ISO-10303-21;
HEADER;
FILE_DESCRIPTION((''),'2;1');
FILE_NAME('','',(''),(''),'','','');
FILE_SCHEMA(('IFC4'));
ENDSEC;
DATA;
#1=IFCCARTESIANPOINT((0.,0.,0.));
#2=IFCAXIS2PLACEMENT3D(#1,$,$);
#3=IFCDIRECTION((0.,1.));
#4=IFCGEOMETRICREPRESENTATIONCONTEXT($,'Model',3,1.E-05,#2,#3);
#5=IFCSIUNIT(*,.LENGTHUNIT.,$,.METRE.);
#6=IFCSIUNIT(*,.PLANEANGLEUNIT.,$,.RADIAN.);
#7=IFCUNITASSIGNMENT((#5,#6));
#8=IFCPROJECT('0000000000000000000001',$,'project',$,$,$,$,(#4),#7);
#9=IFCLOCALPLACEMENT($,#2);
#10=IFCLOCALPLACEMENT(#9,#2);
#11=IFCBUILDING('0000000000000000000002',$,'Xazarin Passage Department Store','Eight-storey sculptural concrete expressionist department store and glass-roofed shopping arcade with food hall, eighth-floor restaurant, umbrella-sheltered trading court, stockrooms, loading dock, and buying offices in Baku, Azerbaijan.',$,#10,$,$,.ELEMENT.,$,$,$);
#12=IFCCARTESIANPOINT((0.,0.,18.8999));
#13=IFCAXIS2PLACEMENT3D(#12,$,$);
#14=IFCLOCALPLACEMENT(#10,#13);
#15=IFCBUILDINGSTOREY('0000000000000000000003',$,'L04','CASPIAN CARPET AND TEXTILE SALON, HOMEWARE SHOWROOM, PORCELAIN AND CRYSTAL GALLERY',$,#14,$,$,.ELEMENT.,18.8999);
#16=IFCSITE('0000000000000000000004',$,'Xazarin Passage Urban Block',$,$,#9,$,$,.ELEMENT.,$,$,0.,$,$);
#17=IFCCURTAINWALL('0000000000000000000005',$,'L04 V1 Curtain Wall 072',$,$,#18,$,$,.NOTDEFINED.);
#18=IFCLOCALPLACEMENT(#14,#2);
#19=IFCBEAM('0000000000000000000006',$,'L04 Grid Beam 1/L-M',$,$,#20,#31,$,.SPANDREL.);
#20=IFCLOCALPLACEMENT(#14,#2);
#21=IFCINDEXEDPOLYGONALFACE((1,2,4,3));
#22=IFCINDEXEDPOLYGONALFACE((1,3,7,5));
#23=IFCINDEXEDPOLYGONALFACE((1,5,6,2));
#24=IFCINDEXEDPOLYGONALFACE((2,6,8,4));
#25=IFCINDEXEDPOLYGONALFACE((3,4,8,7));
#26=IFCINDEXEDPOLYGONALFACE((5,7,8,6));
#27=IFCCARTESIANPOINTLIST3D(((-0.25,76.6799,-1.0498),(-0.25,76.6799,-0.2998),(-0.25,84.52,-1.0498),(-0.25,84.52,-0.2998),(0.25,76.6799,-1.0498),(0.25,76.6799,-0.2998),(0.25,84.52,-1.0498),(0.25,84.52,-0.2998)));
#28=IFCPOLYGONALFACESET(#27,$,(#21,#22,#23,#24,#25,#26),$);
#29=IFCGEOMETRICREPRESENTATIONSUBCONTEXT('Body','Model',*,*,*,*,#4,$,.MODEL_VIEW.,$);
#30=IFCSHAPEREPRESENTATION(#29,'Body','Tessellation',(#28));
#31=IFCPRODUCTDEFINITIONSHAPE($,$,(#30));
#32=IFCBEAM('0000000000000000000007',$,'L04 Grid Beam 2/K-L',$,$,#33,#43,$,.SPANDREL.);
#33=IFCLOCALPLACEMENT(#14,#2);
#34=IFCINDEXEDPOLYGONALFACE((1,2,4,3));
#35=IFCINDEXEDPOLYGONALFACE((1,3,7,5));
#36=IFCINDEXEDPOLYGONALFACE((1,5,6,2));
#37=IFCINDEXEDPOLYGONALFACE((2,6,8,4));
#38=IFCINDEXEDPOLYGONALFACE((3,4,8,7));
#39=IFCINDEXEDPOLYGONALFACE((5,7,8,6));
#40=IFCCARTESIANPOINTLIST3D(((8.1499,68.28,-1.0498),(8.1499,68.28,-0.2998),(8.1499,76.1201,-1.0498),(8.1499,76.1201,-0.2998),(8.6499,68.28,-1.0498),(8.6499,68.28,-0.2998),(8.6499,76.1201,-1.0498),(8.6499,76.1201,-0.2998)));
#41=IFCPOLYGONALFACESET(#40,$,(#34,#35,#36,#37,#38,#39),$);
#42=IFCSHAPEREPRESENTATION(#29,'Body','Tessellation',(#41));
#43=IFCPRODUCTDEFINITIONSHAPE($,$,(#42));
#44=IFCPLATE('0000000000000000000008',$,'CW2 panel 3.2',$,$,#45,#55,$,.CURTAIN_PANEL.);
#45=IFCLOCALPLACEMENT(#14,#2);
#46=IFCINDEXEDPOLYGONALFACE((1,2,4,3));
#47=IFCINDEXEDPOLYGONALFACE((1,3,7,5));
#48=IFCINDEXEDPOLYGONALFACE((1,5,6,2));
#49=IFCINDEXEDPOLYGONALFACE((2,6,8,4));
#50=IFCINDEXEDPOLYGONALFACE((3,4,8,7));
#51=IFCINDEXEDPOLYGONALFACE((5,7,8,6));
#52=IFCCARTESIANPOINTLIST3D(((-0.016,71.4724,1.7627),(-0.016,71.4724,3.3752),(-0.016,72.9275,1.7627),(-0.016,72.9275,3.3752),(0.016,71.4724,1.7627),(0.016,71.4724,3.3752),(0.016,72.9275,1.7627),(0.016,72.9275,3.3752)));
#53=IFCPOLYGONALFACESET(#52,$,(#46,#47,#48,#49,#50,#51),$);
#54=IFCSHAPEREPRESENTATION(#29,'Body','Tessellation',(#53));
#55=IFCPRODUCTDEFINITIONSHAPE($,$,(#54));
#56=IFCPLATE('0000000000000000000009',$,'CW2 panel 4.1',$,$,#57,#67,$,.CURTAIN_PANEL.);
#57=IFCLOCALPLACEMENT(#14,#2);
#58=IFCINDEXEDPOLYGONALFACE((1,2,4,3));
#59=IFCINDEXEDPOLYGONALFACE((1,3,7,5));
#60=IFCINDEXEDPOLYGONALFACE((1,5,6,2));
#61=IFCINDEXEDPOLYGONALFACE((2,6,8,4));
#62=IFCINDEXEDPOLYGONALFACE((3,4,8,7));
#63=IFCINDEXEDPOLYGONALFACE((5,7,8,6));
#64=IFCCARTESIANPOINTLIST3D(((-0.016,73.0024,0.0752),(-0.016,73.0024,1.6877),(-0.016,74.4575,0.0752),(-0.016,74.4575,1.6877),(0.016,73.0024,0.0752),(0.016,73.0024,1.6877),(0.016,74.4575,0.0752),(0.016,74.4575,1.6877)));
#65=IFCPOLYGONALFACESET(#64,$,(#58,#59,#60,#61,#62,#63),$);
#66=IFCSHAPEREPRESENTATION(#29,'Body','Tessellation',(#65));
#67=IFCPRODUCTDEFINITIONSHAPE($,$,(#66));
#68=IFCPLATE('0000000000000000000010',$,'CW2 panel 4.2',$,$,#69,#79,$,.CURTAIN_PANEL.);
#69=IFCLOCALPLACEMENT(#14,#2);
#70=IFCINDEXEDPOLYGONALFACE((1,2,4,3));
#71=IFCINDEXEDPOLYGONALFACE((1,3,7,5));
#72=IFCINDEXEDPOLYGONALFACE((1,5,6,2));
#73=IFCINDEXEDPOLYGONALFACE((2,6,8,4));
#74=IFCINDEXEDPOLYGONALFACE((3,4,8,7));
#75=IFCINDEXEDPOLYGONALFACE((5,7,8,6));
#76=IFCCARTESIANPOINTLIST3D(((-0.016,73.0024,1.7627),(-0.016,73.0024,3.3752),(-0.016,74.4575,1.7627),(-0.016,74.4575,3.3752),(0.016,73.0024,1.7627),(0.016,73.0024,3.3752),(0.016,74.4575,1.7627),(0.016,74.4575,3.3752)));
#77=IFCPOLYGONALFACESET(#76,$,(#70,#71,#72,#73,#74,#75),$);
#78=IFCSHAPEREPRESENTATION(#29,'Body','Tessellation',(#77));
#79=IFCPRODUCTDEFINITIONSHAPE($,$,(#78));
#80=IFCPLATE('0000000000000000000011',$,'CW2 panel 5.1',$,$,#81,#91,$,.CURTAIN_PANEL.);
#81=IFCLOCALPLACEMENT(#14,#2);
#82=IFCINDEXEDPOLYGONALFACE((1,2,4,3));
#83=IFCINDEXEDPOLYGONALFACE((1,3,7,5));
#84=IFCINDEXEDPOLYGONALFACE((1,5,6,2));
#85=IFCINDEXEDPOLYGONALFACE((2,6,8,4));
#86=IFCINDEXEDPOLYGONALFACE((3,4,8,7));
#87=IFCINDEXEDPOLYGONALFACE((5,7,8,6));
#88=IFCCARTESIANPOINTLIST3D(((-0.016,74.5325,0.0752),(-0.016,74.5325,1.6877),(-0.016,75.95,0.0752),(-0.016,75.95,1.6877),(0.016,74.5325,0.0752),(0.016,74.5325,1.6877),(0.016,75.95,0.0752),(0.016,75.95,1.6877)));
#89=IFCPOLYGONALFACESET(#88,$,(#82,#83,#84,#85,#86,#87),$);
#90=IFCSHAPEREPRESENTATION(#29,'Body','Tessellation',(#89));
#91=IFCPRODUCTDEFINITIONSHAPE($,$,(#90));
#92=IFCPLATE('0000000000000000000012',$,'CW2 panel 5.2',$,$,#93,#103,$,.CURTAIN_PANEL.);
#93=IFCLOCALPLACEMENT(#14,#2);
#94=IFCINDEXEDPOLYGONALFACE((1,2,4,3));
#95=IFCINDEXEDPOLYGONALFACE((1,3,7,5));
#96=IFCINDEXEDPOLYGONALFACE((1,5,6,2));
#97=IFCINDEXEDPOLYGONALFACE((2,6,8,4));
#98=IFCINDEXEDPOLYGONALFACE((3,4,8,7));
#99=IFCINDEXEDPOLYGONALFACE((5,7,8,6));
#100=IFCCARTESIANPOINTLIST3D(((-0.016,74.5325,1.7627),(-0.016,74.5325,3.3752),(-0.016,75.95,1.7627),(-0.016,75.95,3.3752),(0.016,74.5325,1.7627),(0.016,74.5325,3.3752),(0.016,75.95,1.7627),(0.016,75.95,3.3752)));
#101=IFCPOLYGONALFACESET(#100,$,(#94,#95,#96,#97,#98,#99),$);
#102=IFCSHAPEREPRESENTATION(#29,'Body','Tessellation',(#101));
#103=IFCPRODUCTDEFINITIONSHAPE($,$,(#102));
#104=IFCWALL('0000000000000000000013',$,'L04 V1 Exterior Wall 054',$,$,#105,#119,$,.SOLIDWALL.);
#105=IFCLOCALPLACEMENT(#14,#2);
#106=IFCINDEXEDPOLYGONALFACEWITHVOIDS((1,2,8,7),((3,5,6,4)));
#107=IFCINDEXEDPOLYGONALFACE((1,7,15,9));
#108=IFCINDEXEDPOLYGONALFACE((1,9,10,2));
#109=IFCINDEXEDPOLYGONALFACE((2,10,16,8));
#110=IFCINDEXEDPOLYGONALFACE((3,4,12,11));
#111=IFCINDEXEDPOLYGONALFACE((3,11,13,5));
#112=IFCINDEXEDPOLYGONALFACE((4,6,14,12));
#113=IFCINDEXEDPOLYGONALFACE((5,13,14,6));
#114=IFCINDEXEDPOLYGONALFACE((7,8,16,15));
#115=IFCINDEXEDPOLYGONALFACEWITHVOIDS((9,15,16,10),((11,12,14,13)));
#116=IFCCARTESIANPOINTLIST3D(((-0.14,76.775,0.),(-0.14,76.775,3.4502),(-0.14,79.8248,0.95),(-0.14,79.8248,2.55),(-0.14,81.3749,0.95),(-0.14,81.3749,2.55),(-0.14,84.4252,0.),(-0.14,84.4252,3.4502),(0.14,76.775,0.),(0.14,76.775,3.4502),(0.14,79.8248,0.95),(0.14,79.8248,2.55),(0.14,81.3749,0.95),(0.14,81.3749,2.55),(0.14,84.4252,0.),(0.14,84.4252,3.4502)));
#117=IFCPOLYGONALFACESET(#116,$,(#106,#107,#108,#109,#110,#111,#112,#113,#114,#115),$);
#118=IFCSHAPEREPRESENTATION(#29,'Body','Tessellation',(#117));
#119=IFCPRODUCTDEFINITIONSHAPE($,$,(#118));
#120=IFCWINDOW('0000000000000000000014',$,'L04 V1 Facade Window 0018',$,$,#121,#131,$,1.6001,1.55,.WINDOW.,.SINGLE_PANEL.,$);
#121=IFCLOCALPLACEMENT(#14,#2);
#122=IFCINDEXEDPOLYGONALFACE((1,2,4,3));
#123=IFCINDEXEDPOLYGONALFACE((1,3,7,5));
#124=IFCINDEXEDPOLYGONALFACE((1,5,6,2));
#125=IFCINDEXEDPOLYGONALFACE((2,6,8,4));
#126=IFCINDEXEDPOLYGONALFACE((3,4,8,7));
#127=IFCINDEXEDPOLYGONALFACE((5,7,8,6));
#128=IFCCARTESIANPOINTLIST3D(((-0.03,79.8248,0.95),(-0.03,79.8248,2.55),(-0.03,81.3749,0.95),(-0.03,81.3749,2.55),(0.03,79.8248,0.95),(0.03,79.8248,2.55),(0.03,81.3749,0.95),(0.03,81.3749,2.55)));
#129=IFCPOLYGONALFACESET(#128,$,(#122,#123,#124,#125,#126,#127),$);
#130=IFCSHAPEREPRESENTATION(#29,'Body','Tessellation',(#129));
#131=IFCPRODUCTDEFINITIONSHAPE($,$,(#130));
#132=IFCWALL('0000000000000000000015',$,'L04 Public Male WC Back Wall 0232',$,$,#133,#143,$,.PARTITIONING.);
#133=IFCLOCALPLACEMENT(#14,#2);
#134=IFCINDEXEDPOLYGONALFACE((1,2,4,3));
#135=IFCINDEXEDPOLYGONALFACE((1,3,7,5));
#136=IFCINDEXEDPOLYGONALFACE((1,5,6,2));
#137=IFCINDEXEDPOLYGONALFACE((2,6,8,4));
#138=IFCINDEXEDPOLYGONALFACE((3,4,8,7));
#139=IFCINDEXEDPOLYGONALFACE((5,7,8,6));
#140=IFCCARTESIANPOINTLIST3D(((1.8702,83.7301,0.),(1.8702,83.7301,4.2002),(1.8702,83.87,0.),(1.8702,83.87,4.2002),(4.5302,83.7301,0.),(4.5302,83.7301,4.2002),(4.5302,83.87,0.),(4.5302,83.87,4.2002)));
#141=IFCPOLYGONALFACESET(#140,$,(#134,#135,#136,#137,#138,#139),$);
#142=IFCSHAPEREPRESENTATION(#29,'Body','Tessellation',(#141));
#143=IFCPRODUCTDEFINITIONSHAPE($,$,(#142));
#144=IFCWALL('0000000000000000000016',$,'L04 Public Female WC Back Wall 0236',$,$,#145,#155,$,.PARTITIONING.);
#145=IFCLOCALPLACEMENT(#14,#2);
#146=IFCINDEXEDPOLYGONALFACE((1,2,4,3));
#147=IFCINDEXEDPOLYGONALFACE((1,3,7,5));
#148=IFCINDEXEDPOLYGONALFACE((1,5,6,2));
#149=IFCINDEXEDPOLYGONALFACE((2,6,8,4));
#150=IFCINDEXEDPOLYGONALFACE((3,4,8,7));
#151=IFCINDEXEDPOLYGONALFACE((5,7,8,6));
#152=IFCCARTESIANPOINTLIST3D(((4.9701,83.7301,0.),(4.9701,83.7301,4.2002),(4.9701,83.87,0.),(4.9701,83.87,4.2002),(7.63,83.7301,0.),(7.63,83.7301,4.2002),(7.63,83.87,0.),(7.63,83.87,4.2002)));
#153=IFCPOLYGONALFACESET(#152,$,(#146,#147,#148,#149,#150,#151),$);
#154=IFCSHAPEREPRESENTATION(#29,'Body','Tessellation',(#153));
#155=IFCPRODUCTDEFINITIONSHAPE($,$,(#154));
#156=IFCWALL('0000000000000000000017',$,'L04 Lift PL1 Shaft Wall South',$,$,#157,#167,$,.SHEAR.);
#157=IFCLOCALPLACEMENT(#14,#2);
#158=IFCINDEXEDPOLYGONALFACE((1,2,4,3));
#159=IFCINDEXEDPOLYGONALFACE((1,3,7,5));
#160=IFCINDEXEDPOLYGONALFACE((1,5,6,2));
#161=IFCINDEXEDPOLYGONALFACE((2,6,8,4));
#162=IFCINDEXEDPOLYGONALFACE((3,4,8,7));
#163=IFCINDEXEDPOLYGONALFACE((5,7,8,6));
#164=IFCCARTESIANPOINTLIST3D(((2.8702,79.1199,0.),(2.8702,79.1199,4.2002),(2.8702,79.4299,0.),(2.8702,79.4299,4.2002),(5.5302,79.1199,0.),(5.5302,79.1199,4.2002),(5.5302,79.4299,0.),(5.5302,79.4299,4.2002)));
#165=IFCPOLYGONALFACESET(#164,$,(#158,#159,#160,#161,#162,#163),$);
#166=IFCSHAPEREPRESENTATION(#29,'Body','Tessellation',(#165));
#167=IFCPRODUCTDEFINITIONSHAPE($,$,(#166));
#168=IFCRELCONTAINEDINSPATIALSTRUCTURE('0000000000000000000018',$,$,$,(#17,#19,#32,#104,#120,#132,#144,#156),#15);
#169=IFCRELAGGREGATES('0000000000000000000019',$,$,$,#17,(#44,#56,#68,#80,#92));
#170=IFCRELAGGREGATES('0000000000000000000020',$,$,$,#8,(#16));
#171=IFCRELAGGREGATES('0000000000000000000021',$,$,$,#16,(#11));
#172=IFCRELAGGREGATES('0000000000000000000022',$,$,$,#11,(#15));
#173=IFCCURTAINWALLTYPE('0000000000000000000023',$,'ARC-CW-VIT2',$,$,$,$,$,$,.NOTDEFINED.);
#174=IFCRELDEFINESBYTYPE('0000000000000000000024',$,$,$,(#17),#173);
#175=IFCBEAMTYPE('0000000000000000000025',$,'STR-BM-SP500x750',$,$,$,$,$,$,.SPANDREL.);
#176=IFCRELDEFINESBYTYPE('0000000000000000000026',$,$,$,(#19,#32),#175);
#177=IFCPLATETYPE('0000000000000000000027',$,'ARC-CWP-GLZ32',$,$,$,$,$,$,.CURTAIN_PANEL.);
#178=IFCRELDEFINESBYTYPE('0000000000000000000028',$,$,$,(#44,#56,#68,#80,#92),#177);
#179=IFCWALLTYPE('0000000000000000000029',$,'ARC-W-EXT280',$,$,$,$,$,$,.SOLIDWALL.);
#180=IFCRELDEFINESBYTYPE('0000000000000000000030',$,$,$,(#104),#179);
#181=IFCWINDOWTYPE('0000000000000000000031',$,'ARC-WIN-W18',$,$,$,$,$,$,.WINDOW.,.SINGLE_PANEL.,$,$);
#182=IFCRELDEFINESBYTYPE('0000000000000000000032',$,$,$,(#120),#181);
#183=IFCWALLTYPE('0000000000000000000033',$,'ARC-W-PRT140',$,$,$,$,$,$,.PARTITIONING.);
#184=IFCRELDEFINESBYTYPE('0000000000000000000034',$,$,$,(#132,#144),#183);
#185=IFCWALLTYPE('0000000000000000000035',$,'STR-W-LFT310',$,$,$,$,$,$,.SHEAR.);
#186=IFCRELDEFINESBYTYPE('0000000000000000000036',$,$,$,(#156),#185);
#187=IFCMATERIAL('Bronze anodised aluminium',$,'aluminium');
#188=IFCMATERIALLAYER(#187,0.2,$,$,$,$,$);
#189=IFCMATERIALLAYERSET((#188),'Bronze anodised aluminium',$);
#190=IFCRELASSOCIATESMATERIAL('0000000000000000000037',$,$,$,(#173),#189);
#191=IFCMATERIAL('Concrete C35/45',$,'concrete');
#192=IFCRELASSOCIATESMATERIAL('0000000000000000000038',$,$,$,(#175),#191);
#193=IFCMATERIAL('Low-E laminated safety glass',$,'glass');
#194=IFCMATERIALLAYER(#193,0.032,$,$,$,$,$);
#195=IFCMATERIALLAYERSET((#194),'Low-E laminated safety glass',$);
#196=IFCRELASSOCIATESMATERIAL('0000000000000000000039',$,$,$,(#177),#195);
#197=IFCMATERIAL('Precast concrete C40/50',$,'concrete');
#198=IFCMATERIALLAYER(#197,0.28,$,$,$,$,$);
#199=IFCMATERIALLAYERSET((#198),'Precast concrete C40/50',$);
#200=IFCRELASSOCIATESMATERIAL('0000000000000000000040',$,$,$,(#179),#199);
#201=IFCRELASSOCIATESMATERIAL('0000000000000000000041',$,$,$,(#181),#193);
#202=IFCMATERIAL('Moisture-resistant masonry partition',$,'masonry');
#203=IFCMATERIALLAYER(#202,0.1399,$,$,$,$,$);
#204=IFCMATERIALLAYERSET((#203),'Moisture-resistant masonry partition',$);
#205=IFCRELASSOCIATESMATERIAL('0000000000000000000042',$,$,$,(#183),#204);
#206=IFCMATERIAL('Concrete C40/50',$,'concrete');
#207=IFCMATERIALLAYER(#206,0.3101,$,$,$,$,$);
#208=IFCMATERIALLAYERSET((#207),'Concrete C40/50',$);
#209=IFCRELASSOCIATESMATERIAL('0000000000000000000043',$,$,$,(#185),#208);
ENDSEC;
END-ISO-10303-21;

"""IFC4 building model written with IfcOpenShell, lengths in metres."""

from ifc_helpers import new_model, si_unit, direction, frame, frame_2d, origin, origin_2d, place, context, subcontext, project, spatial, rectangle, extrude, material, layer, layer_set, material_profile, profile_set, type_object, element, fill, aggregate, save


model = new_model("IFC4")

# Units and contexts
model_context = context("Model", 3, precision=1e-05, world=origin(), true_north=direction((0.0, 1.0)))
body_context = subcontext(model_context, "Body", "Model", "MODEL_VIEW")
ifc_project = project(units=[si_unit("LENGTHUNIT", "METRE"), si_unit("PLANEANGLEUNIT", "RADIAN")], contexts=[model_context])

# Site, building, storey
site_placement = place(None, origin())
site = spatial("IfcSite", under=ifc_project, at=site_placement, Name="Xazarin Passage Urban Block", CompositionType="ELEMENT", RefElevation=0.0)
building_placement = place(site_placement, origin())
building = spatial("IfcBuilding", under=site, at=building_placement, Name="Xazarin Passage Department Store", Description="Eight-storey sculptural concrete expressionist department store and glass-roofed shopping arcade with food hall, eighth-floor restaurant, umbrella-sheltered trading court, stockrooms, loading dock, and buying offices in Baku, Azerbaijan.", CompositionType="ELEMENT")
storey_placement = place(building_placement, frame((0.0, 0.0, 18.8999)))
storey = spatial("IfcBuildingStorey", under=building, at=storey_placement, Name="L04", Description="CASPIAN CARPET AND TEXTILE SALON, HOMEWARE SHOWROOM, PORCELAIN AND CRYSTAL GALLERY", CompositionType="ELEMENT", Elevation=18.8999)

# Shared definitions
ifc_material_1 = material(Name="Concrete C40/50", Category="concrete")

# Curtain wall
ifc_material_2 = material(Name="Bronze anodised aluminium", Category="aluminium")
ifc_layer_1 = layer(ifc_material_2, 0.2)
ifc_layer_set_1 = layer_set([ifc_layer_1], Name="Bronze anodised aluminium")
curtain_wall_type = type_object("IfcCurtainWallType", Name="ARC-CW-VIT2", PredefinedType="NOTDEFINED", material=ifc_layer_set_1)
curtain_wall_placement = place(storey_placement, origin())
curtain_wall = element("IfcCurtainWall", 1, at=curtain_wall_placement, inside=storey, type_object=curtain_wall_type, Name="L04 V1 Curtain Wall 072", PredefinedType="NOTDEFINED")

# Beams
ifc_material_3 = material(Name="Concrete C35/45", Category="concrete")
ifc_material_profile_1 = material_profile(ifc_material_3, rectangle(XDim=0.5, YDim=0.75, at=origin_2d()), Name="RC 500x750")
ifc_profile_set_1 = profile_set([ifc_material_profile_1], Name="Concrete C35/45")
beam_type = type_object("IfcBeamType", Name="STR-BM-SP500x750", PredefinedType="SPANDREL", material=ifc_profile_set_1)
for number, where, z_axis, x_axis, name in (
    (2, (0.0, 76.6799, -0.6748), (0.0, 1.0, 0.0), (-1.0, 0.0, 0.0), "L04 Grid Beam 1/L-M"),
    (3, (8.3999, 68.28, -0.6748), (0.0, 1.0, 0.0), (-1.0, 0.0, 0.0), "L04 Grid Beam 2/K-L"),
):
    element("IfcBeam", number, at=place(storey_placement, frame(where, z_axis=z_axis, x_axis=x_axis)), inside=storey, type_object=beam_type, Name=name, PredefinedType="SPANDREL", context=body_context, shape_type="SweptSolid", body=[
        extrude(rectangle(XDim=0.5, YDim=0.75, at=origin_2d()), origin(), (0.0, 0.0, 1.0), 7.8401),
    ])

# Plates
ifc_material_4 = material(Name="Low-E laminated safety glass", Category="glass")
ifc_layer_2 = layer(ifc_material_4, 0.032)
ifc_layer_set_2 = layer_set([ifc_layer_2], Name="Low-E laminated safety glass")
plate_type = type_object("IfcPlateType", Name="ARC-CWP-GLZ32", PredefinedType="CURTAIN_PANEL", material=ifc_layer_set_2)
plate_1_placement = place(storey_placement, frame((0.0, 72.2, 1.7627), z_axis=(0.0, 0.0, 1.0), x_axis=(0.0, 1.0, 0.0)))
plate_1 = element("IfcPlate", 4, at=plate_1_placement, type_object=plate_type, Name="CW2 panel 3.2", PredefinedType="CURTAIN_PANEL", context=body_context, shape_type="SweptSolid", body=[
    extrude(rectangle(XDim=1.4551, YDim=0.032, at=origin_2d()), origin(), (0.0, 0.0, 1.0), 1.6125),
])
plate_2_placement = place(storey_placement, frame((0.0, 73.73, 0.0752), z_axis=(0.0, 0.0, 1.0), x_axis=(0.0, 1.0, 0.0)))
plate_2 = element("IfcPlate", 5, at=plate_2_placement, type_object=plate_type, Name="CW2 panel 4.1", PredefinedType="CURTAIN_PANEL", context=body_context, shape_type="SweptSolid", body=[
    extrude(rectangle(XDim=1.4551, YDim=0.032, at=origin_2d()), origin(), (0.0, 0.0, 1.0), 1.6125),
])
plate_3_placement = place(storey_placement, frame((0.0, 73.73, 1.7627), z_axis=(0.0, 0.0, 1.0), x_axis=(0.0, 1.0, 0.0)))
plate_3 = element("IfcPlate", 6, at=plate_3_placement, type_object=plate_type, Name="CW2 panel 4.2", PredefinedType="CURTAIN_PANEL", context=body_context, shape_type="SweptSolid", body=[
    extrude(rectangle(XDim=1.4551, YDim=0.032, at=origin_2d()), origin(), (0.0, 0.0, 1.0), 1.6125),
])
plate_4_placement = place(storey_placement, frame((0.0, 75.2412, 0.0752), z_axis=(0.0, 0.0, 1.0), x_axis=(0.0, 1.0, 0.0)))
plate_4 = element("IfcPlate", 7, at=plate_4_placement, type_object=plate_type, Name="CW2 panel 5.1", PredefinedType="CURTAIN_PANEL", context=body_context, shape_type="SweptSolid", body=[
    extrude(rectangle(XDim=1.4175, YDim=0.032, at=origin_2d()), origin(), (0.0, 0.0, 1.0), 1.6125),
])
plate_5_placement = place(storey_placement, frame((0.0, 75.2412, 1.7627), z_axis=(0.0, 0.0, 1.0), x_axis=(0.0, 1.0, 0.0)))
plate_5 = element("IfcPlate", 8, at=plate_5_placement, type_object=plate_type, Name="CW2 panel 5.2", PredefinedType="CURTAIN_PANEL", context=body_context, shape_type="SweptSolid", body=[
    extrude(rectangle(XDim=1.4175, YDim=0.032, at=origin_2d()), origin(), (0.0, 0.0, 1.0), 1.6125),
])
aggregate(curtain_wall, [plate_1, plate_2, plate_3, plate_4, plate_5])

# Wall, opening, window
ifc_material_5 = material(Name="Precast concrete C40/50", Category="concrete")
ifc_layer_3 = layer(ifc_material_5, 0.28)
ifc_layer_set_3 = layer_set([ifc_layer_3], Name="Precast concrete C40/50")
wall_type_1 = type_object("IfcWallType", Name="ARC-W-EXT280", PredefinedType="SOLIDWALL", material=ifc_layer_set_3)
wall_1_placement = place(storey_placement, frame((0.0, 76.7749, 0.0), z_axis=(0.0, 0.0, 1.0), x_axis=(0.0, 1.0, 0.0)))
wall_1 = element("IfcWall", 9, at=wall_1_placement, inside=storey, type_object=wall_type_1, Name="L04 V1 Exterior Wall 054", PredefinedType="SOLIDWALL", context=body_context, shape_type="SweptSolid", body=[
    extrude(rectangle(XDim=7.6501, YDim=0.28, at=frame_2d((3.8252, 0.0))), origin(), (0.0, 0.0, 1.0), 3.4502),
])
opening_1_placement = place(wall_1_placement, frame((3.05, 0.0, 0.95)))
opening_1 = element("IfcOpeningElement", 10, at=opening_1_placement, cuts=wall_1, PredefinedType="OPENING", context=body_context, shape_type="SweptSolid", body=[
    extrude(rectangle(XDim=1.55, YDim=1.6001, at=frame_2d((0.7749, 0.8))), frame((0.0, 0.1499, 0.0), z_axis=(0.0, -1.0, 0.0), x_axis=(1.0, 0.0, 0.0)), (0.0, 0.0, 1.0), 0.3),
])
window_type = type_object("IfcWindowType", Name="ARC-WIN-W18", PartitioningType="SINGLE_PANEL", PredefinedType="WINDOW", material=ifc_material_4)
window_placement = place(opening_1_placement, origin())
window = element("IfcWindow", 11, at=window_placement, inside=storey, type_object=window_type, Name="L04 V1 Facade Window 0018", OverallHeight=1.6001, OverallWidth=1.55, PartitioningType="SINGLE_PANEL", PredefinedType="WINDOW", context=body_context, shape_type="SweptSolid", body=[
    extrude(rectangle(XDim=1.55, YDim=1.6001, at=frame_2d((0.7749, 0.8))), frame((0.0, 0.03, 0.0), z_axis=(0.0, -1.0, 0.0), x_axis=(1.0, 0.0, 0.0)), (0.0, 0.0, 1.0), 0.0601),
])
fill(opening_1, window)

# Walls
ifc_material_6 = material(Name="Moisture-resistant masonry partition", Category="masonry")
ifc_layer_4 = layer(ifc_material_6, 0.1399)
ifc_layer_set_4 = layer_set([ifc_layer_4], Name="Moisture-resistant masonry partition")
wall_type_2 = type_object("IfcWallType", Name="ARC-W-PRT140", PredefinedType="PARTITIONING", material=ifc_layer_set_4)
for number, where, z_axis, x_axis, name in (
    (12, (1.8701, 83.8, 0.0), (0.0, 0.0, 1.0), (1.0, 0.0, 0.0), "L04 Public Male WC Back Wall 0232"),
    (13, (4.97, 83.8, 0.0), (0.0, 0.0, 1.0), (1.0, 0.0, 0.0), "L04 Public Female WC Back Wall 0236"),
):
    element("IfcWall", number, at=place(storey_placement, frame(where, z_axis=z_axis, x_axis=x_axis)), inside=storey, type_object=wall_type_2, Name=name, PredefinedType="PARTITIONING", context=body_context, shape_type="SweptSolid", body=[
        extrude(rectangle(XDim=2.6599, YDim=0.1399, at=frame_2d((1.3301, 0.0))), origin(), (0.0, 0.0, 1.0), 4.2002),
    ])
ifc_layer_5 = layer(ifc_material_1, 0.3101)
ifc_layer_set_5 = layer_set([ifc_layer_5], Name="Concrete C40/50")
wall_type_3 = type_object("IfcWallType", Name="STR-W-LFT310", PredefinedType="SHEAR", material=ifc_layer_set_5)
wall_2_placement = place(storey_placement, frame((2.8701, 79.2749, 0.0), z_axis=(0.0, 0.0, 1.0), x_axis=(1.0, 0.0, 0.0)))
element("IfcWall", 14, at=wall_2_placement, inside=storey, type_object=wall_type_3, Name="L04 Lift PL1 Shaft Wall South", PredefinedType="SHEAR", context=body_context, shape_type="SweptSolid", body=[
    extrude(rectangle(XDim=2.6599, YDim=0.3101, at=frame_2d((1.3301, 0.0))), origin(), (0.0, 0.0, 1.0), 4.2002),
])

save(model, "model.ifc")
